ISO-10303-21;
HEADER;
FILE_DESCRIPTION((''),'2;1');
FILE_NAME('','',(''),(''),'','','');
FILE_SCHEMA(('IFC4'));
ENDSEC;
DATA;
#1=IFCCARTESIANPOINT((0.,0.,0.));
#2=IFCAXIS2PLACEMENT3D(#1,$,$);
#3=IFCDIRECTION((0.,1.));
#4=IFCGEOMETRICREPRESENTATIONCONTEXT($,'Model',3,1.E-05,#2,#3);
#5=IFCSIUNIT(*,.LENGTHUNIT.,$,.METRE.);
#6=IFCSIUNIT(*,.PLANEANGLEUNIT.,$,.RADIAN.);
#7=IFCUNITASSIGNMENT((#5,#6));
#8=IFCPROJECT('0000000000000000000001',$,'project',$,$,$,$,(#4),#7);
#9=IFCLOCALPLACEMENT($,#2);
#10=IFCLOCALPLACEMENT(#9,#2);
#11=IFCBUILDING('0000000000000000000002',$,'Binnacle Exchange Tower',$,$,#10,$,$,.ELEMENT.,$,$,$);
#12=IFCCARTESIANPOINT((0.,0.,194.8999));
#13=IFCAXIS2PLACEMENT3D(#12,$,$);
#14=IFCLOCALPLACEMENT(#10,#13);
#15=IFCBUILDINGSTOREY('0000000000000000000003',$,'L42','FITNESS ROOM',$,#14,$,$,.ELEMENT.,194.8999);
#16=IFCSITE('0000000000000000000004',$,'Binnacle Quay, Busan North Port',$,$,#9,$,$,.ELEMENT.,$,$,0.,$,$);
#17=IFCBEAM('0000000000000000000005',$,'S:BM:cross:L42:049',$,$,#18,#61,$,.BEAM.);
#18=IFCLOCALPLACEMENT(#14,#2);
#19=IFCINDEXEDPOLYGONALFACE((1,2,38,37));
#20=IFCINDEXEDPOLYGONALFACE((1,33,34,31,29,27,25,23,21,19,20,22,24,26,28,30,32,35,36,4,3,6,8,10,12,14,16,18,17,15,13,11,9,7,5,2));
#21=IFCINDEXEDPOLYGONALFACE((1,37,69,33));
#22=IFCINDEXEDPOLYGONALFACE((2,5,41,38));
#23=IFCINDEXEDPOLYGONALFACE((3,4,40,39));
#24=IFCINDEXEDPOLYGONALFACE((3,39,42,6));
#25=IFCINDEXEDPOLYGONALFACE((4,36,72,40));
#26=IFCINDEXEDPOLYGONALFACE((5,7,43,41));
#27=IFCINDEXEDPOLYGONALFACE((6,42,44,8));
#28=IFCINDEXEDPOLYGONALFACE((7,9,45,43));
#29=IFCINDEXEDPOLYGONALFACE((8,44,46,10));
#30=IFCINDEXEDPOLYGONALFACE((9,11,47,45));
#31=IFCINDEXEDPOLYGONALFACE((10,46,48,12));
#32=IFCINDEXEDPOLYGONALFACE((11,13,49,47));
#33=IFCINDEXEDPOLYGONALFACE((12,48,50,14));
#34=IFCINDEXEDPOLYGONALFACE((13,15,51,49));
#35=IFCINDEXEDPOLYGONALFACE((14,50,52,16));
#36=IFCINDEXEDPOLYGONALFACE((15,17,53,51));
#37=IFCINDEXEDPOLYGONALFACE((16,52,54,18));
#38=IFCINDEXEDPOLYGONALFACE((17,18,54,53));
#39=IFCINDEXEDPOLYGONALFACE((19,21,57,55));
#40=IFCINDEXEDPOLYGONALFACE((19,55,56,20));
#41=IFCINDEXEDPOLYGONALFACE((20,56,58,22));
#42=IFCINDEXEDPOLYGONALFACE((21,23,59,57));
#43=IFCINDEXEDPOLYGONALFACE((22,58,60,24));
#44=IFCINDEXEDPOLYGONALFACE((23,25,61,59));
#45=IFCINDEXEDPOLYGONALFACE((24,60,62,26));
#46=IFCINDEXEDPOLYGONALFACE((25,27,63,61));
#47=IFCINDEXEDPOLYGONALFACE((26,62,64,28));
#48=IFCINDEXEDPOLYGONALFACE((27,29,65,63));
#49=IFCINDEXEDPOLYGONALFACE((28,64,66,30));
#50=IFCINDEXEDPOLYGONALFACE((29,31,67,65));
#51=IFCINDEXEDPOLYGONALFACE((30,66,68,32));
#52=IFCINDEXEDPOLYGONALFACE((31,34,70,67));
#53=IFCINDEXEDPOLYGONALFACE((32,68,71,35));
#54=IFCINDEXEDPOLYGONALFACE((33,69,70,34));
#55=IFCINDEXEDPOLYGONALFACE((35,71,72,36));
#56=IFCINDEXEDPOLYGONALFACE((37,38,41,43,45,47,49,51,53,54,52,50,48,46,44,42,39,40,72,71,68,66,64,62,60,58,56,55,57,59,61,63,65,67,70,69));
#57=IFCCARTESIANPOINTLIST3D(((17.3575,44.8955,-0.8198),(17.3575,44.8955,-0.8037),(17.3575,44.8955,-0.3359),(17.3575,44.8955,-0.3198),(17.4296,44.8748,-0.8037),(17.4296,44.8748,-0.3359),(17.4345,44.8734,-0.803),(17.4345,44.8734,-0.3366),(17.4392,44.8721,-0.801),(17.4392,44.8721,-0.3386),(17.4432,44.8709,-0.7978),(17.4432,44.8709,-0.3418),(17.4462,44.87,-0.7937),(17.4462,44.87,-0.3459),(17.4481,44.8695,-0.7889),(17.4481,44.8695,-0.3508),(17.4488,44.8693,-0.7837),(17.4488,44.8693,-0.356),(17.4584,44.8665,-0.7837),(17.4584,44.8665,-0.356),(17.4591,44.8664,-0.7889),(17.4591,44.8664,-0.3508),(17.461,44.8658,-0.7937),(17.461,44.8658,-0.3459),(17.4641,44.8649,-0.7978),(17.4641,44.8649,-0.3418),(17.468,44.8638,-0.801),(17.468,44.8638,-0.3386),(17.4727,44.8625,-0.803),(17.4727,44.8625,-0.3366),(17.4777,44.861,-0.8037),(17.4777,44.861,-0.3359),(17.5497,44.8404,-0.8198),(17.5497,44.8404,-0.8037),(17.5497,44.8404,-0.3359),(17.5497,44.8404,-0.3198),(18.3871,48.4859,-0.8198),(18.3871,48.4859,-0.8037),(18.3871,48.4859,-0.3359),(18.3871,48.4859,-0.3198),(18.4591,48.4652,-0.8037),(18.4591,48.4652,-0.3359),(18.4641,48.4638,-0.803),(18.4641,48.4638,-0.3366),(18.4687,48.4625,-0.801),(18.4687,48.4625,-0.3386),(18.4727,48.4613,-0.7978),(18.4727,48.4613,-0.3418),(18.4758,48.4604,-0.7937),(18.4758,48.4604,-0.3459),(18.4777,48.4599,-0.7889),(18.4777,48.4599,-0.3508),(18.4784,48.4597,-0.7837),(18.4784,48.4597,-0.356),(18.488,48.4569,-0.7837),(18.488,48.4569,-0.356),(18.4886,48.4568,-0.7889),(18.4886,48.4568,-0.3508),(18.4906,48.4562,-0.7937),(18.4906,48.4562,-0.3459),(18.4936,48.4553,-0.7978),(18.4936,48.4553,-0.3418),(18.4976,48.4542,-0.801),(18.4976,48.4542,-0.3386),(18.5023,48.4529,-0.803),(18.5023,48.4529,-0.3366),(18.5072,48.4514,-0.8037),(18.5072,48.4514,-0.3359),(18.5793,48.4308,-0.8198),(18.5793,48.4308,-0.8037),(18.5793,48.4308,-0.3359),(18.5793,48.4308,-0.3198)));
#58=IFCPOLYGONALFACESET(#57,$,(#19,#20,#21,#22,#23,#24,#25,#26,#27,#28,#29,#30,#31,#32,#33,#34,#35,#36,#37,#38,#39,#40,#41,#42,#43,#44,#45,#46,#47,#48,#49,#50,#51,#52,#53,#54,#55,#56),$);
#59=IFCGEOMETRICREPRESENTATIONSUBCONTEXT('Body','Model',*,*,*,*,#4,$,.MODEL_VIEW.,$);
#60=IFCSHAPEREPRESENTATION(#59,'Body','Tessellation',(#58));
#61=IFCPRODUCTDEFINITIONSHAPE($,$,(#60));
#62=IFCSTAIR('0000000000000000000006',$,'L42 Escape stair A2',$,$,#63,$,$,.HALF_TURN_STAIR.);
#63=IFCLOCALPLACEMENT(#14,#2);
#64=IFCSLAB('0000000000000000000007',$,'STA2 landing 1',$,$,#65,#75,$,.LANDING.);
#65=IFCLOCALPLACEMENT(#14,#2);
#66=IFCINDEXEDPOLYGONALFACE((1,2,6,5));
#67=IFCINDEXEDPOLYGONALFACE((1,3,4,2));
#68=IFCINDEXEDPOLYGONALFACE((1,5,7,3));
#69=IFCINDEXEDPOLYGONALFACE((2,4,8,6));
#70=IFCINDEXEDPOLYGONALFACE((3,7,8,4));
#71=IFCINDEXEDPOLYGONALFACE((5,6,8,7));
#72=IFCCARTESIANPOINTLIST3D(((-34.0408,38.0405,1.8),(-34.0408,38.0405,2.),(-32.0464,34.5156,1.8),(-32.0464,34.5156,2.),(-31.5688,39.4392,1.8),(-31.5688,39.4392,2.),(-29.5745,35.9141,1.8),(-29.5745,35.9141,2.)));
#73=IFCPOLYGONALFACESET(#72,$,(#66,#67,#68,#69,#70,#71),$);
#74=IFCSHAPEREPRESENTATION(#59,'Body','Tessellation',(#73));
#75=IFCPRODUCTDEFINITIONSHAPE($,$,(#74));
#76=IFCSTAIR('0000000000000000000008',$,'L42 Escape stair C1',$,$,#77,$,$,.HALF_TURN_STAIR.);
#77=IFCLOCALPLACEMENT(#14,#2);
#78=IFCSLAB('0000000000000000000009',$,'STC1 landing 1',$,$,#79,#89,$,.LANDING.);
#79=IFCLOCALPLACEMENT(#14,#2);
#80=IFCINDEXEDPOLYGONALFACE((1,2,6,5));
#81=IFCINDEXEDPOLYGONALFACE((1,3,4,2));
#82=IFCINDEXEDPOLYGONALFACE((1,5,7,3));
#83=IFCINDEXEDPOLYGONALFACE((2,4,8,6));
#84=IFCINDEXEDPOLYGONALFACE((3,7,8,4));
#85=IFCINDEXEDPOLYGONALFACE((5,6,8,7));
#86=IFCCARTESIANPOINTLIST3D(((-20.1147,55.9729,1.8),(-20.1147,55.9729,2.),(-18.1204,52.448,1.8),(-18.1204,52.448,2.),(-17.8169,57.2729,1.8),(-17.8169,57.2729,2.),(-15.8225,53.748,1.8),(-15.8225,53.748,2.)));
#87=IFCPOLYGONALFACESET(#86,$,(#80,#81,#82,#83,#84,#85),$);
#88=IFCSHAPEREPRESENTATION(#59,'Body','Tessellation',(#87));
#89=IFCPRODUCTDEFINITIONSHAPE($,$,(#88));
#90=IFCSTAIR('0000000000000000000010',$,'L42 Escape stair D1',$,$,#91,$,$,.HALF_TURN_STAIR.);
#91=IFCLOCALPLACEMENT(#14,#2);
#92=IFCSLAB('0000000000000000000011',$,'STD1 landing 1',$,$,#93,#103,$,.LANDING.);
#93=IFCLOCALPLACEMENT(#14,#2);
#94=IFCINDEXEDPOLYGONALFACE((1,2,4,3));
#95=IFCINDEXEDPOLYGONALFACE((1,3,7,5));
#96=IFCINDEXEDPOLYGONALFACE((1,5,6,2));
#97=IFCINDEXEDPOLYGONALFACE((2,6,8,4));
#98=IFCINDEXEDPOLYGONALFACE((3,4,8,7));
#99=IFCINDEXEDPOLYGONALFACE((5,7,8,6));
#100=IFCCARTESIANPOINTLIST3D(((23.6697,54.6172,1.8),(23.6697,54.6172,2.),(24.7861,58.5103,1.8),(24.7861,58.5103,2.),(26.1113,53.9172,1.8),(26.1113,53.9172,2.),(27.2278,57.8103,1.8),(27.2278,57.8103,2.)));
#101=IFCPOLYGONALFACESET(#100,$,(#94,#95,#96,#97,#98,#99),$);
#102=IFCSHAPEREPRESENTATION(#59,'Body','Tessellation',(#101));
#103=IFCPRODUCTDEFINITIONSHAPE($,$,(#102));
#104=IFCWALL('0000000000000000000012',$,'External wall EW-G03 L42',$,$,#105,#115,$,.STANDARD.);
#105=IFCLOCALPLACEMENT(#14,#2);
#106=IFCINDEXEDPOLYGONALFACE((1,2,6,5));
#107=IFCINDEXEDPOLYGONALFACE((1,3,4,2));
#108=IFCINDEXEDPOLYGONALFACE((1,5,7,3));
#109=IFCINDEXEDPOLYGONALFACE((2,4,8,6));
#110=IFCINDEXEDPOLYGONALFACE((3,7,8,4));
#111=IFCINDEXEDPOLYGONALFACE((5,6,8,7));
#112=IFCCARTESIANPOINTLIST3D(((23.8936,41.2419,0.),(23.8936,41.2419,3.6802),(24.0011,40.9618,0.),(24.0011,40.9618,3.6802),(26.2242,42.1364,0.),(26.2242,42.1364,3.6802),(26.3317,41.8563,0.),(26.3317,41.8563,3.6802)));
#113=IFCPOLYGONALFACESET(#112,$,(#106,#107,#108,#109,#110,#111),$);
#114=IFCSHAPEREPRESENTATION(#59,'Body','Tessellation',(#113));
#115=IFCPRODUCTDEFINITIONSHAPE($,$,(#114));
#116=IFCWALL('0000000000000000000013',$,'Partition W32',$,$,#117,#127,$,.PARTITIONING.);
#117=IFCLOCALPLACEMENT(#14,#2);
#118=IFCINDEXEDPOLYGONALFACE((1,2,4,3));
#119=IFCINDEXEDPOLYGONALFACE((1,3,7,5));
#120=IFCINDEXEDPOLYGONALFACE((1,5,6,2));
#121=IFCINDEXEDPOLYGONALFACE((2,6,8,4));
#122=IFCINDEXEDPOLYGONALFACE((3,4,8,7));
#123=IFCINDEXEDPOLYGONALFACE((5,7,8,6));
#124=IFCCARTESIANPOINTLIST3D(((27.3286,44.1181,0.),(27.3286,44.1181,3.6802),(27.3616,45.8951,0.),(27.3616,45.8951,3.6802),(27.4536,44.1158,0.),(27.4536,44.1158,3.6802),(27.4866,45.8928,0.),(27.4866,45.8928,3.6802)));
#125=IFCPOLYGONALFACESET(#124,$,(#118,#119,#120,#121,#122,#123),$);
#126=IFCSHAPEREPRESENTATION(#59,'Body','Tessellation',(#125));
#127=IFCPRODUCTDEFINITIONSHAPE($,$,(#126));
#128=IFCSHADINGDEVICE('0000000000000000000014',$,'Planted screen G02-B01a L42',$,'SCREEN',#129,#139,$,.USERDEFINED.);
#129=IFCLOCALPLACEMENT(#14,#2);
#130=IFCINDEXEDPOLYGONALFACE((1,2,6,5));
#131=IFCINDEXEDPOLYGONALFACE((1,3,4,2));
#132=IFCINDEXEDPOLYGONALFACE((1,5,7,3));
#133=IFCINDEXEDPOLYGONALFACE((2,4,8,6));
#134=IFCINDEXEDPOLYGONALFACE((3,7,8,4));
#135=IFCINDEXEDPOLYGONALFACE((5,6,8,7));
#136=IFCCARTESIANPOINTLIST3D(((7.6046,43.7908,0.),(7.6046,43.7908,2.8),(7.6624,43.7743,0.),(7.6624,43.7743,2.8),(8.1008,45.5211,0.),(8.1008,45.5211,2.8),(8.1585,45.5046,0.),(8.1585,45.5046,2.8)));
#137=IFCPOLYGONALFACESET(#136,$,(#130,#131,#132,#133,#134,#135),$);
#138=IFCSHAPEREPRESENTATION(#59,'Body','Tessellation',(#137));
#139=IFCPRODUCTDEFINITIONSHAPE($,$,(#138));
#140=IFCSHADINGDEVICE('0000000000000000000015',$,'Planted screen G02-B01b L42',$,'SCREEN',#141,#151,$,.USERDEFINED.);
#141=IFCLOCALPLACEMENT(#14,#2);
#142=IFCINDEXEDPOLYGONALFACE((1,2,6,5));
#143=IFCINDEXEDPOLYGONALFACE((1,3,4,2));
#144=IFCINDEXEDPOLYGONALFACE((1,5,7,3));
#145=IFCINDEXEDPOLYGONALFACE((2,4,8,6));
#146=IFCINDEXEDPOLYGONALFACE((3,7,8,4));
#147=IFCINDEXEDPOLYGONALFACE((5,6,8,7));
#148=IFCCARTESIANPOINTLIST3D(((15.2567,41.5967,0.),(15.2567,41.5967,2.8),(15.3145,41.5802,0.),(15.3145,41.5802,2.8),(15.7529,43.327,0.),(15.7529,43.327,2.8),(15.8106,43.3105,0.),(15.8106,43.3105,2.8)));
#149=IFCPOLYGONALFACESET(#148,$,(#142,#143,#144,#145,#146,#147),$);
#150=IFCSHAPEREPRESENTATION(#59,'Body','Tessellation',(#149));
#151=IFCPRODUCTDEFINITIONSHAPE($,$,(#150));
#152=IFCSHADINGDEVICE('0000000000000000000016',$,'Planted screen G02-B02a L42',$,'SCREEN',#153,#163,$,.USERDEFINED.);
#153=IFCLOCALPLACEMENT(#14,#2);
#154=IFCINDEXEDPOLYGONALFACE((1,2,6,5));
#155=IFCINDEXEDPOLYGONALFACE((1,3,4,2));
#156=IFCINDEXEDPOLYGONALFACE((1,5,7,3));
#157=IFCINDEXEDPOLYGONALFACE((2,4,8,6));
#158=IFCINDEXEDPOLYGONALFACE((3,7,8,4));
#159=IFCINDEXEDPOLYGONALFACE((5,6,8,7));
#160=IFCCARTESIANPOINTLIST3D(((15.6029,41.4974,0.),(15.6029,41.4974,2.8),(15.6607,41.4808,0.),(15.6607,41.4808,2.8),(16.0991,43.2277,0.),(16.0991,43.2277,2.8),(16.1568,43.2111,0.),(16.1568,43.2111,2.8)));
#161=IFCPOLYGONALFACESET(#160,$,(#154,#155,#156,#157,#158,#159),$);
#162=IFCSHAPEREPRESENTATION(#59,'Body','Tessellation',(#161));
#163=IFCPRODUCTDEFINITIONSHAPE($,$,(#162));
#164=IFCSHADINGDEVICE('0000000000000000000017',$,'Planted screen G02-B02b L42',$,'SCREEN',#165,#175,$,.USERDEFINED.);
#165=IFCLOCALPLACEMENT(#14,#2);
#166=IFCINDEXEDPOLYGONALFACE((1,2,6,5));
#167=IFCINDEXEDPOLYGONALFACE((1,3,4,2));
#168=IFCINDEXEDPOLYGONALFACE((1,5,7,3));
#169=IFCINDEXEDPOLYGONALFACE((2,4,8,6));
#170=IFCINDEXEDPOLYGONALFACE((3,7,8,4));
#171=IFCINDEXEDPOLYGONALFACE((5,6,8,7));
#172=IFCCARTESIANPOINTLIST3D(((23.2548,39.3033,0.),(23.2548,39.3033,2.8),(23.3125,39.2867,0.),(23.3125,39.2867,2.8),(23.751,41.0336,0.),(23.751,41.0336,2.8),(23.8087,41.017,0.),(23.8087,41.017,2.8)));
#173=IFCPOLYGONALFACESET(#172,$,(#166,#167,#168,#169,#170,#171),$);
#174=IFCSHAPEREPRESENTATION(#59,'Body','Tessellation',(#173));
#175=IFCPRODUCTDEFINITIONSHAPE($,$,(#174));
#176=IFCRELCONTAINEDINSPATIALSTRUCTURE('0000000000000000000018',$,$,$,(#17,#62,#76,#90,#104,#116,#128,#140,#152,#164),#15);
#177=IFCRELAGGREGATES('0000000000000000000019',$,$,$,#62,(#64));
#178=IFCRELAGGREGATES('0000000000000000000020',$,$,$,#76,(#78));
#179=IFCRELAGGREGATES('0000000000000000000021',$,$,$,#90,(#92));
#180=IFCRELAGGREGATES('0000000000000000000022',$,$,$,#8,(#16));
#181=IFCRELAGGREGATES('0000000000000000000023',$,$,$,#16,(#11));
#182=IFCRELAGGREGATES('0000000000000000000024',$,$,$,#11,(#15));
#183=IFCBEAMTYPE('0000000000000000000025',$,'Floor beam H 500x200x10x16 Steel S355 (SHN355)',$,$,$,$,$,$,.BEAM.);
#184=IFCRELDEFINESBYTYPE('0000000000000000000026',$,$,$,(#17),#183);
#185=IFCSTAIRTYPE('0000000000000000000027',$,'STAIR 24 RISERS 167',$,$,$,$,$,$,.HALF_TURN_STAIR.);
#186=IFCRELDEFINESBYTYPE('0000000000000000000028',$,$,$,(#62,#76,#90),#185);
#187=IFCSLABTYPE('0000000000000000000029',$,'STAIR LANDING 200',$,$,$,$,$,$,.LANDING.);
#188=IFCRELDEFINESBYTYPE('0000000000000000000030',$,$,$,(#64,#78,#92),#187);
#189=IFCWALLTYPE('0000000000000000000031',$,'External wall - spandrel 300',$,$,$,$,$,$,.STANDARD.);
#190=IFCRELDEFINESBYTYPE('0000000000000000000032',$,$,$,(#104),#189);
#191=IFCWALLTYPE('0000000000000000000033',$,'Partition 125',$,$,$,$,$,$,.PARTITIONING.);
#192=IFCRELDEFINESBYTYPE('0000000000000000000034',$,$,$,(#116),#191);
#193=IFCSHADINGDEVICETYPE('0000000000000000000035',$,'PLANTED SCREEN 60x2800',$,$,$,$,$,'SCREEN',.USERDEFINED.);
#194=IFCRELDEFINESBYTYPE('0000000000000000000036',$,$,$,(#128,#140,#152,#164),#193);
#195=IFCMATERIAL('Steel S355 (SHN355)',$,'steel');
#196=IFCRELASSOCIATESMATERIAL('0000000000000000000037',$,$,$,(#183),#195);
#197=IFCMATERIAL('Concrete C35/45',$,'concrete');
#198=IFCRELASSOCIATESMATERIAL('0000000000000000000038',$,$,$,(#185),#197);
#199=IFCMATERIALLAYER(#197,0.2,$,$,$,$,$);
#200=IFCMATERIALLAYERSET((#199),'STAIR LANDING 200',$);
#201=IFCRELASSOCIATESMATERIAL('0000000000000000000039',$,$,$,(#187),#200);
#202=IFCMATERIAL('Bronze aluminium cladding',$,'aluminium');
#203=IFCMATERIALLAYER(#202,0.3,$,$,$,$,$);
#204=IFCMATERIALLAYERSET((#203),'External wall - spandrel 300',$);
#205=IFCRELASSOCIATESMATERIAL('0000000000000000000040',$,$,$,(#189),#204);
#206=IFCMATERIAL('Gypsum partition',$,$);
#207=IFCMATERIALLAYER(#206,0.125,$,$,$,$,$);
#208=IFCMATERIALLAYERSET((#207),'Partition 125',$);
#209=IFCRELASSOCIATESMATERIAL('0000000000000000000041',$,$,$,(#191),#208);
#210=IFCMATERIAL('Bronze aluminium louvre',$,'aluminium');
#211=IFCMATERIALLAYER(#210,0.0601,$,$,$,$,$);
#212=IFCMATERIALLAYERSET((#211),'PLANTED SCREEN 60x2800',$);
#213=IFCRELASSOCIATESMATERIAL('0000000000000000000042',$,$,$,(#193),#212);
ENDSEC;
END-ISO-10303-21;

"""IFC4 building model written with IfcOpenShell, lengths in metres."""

from ifc_helpers import new_model, si_unit, direction, frame, frame_2d, origin, origin_2d, place, context, subcontext, project, spatial, polyline, rectangle, i_section, outline, extrude, material, layer, layer_set, material_profile, profile_set, type_object, element, aggregate, save


model = new_model("IFC4")

# Units and contexts
model_context = context("Model", 3, precision=1e-05, world=origin(), true_north=direction((0.0, 1.0)))
body_context = subcontext(model_context, "Body", "Model", "MODEL_VIEW")
ifc_project = project(units=[si_unit("LENGTHUNIT", "METRE"), si_unit("PLANEANGLEUNIT", "RADIAN")], contexts=[model_context])

# Site, building, storey
site_placement = place(None, origin())
site = spatial("IfcSite", under=ifc_project, at=site_placement, Name="Binnacle Quay, Busan North Port", CompositionType="ELEMENT", RefElevation=0.0)
building_placement = place(site_placement, origin())
building = spatial("IfcBuilding", under=site, at=building_placement, Name="Binnacle Exchange Tower", CompositionType="ELEMENT")
storey_placement = place(building_placement, frame((0.0, 0.0, 194.8999)))
storey = spatial("IfcBuildingStorey", under=building, at=storey_placement, Name="L42", Description="FITNESS ROOM", CompositionType="ELEMENT", Elevation=194.8999)

# Beam
ifc_material_1 = material(Name="Steel S355 (SHN355)", Category="steel")
ifc_material_profile_1 = material_profile(ifc_material_1, i_section(OverallWidth=0.2, OverallDepth=0.5, WebThickness=0.01, FlangeThickness=0.0161, FilletRadius=0.02, at=origin_2d()), Name="H 500x200x10x16")
ifc_profile_set_1 = profile_set([ifc_material_profile_1], Name="Steel S355 (SHN355)")
beam_type_1 = type_object("IfcBeamType", Name="Floor beam H 500x200x10x16 Steel S355 (SHN355)", PredefinedType="BEAM", material=ifc_profile_set_1)
beam_1_placement = place(storey_placement, frame((17.4536, 44.8679, -0.5698), z_axis=(0.275645, 0.96126, 0.0), x_axis=(-0.96126, 0.275645, 0.0)))
element("IfcBeam", 1, at=beam_1_placement, inside=storey, type_object=beam_type_1, Name="S:BM:cross:L42:049", PredefinedType="BEAM", context=body_context, shape_type="SweptSolid", body=[
    extrude(i_section(OverallWidth=0.2, OverallDepth=0.5, WebThickness=0.01, FlangeThickness=0.0161, FilletRadius=0.02, at=origin_2d()), origin(), (0.0, 0.0, 1.0), 3.7351),
])

# Stairs, slabs
ifc_material_2 = material(Name="Concrete C35/45", Category="concrete")
stair_type = type_object("IfcStairType", Name="STAIR 24 RISERS 167", PredefinedType="HALF_TURN_STAIR", material=ifc_material_2)
stair_1_placement = place(storey_placement, origin())
stair_1 = element("IfcStair", 2, at=stair_1_placement, inside=storey, type_object=stair_type, Name="L42 Escape stair A2", PredefinedType="HALF_TURN_STAIR")
ifc_layer_1 = layer(ifc_material_2, 0.2)
ifc_layer_set_1 = layer_set([ifc_layer_1], Name="STAIR LANDING 200")
slab_type = type_object("IfcSlabType", Name="STAIR LANDING 200", PredefinedType="LANDING", material=ifc_layer_set_1)
slab_1_placement = place(storey_placement, frame((0.0, 0.0, 1.8)))
slab_1 = element("IfcSlab", 3, at=slab_1_placement, type_object=slab_type, Name="STA2 landing 1", PredefinedType="LANDING", context=body_context, shape_type="SweptSolid", body=[
    extrude(outline(polyline([(-31.5688, 39.4392), (-34.0408, 38.0405), (-32.0464, 34.5156), (-29.5745, 35.9141), (-31.5688, 39.4392)])), origin(), (0.0, 0.0, 1.0), 0.2),
])
aggregate(stair_1, [slab_1])
stair_2_placement = place(storey_placement, origin())
stair_2 = element("IfcStair", 4, at=stair_2_placement, inside=storey, type_object=stair_type, Name="L42 Escape stair C1", PredefinedType="HALF_TURN_STAIR")
slab_2_placement = place(storey_placement, frame((0.0, 0.0, 1.8)))
slab_2 = element("IfcSlab", 5, at=slab_2_placement, type_object=slab_type, Name="STC1 landing 1", PredefinedType="LANDING", context=body_context, shape_type="SweptSolid", body=[
    extrude(outline(polyline([(-18.1204, 52.448), (-15.8225, 53.748), (-17.8169, 57.2729), (-20.1147, 55.9729), (-18.1204, 52.448)])), origin(), (0.0, 0.0, 1.0), 0.2),
])
aggregate(stair_2, [slab_2])
stair_3_placement = place(storey_placement, origin())
stair_3 = element("IfcStair", 6, at=stair_3_placement, inside=storey, type_object=stair_type, Name="L42 Escape stair D1", PredefinedType="HALF_TURN_STAIR")
slab_3_placement = place(storey_placement, frame((0.0, 0.0, 1.8)))
slab_3 = element("IfcSlab", 7, at=slab_3_placement, type_object=slab_type, Name="STD1 landing 1", PredefinedType="LANDING", context=body_context, shape_type="SweptSolid", body=[
    extrude(outline(polyline([(23.6697, 54.6172), (26.1113, 53.9172), (27.2278, 57.8103), (24.7861, 58.5103), (23.6697, 54.6172)])), origin(), (0.0, 0.0, 1.0), 0.2),
])
aggregate(stair_3, [slab_3])

# Shared definitions
ifc_material_3 = material(Name="Bronze aluminium cladding", Category="aluminium")
ifc_layer_2 = layer(ifc_material_3, 0.3)
ifc_layer_set_2 = layer_set([ifc_layer_2], Name="External wall - spandrel 300")
wall_type_1 = type_object("IfcWallType", Name="External wall - spandrel 300", PredefinedType="STANDARD", material=ifc_layer_set_2)

# Walls
wall_1_placement = place(storey_placement, frame((26.2778, 41.9963, 0.0), z_axis=(0.0, 0.0, 1.0), x_axis=(-0.933592, -0.358337, 0.0)))
element("IfcWall", 8, at=wall_1_placement, inside=storey, type_object=wall_type_1, Name="External wall EW-G03 L42", PredefinedType="STANDARD", context=body_context, shape_type="SweptSolid", body=[
    extrude(rectangle(XDim=2.4963, YDim=0.3, at=frame_2d((1.248, 0.0))), origin(), (0.0, 0.0, 1.0), 3.6802),
])
ifc_material_4 = material(Name="Gypsum partition")
ifc_layer_3 = layer(ifc_material_4, 0.125)
ifc_layer_set_3 = layer_set([ifc_layer_3], Name="Partition 125")
wall_type_2 = type_object("IfcWallType", Name="Partition 125", PredefinedType="PARTITIONING", material=ifc_layer_set_3)
wall_2_placement = place(storey_placement, frame((27.3911, 44.1169, 0.0), z_axis=(0.0, 0.0, 1.0), x_axis=(0.018543, 0.999828, 0.0)))
element("IfcWall", 9, at=wall_2_placement, inside=storey, type_object=wall_type_2, Name="Partition W32", PredefinedType="PARTITIONING", context=body_context, shape_type="SweptSolid", body=[
    extrude(rectangle(XDim=1.7773, YDim=0.125, at=frame_2d((0.8887, 0.0))), origin(), (0.0, 0.0, 1.0), 3.6802),
])

# Shading devices
ifc_material_5 = material(Name="Bronze aluminium louvre", Category="aluminium")
ifc_layer_4 = layer(ifc_material_5, 0.0601)
ifc_layer_set_4 = layer_set([ifc_layer_4], Name="PLANTED SCREEN 60x2800")
shading_device_type = type_object("IfcShadingDeviceType", Name="PLANTED SCREEN 60x2800", ElementType="SCREEN", PredefinedType="USERDEFINED", material=ifc_layer_set_4)
for number, where, z_axis, x_axis, name in (
    (10, (7.8816, 44.6477, 0.0), (0.0, 0.0, 1.0), (0.961262, -0.275637, 0.0), "Planted screen G02-B01a L42"),
    (11, (15.5337, 42.4536, 0.0), (0.0, 0.0, 1.0), (0.961262, -0.275637, 0.0), "Planted screen G02-B01b L42"),
    (12, (15.8799, 42.3542, 0.0), (0.0, 0.0, 1.0), (0.961262, -0.275637, 0.0), "Planted screen G02-B02a L42"),
    (13, (23.5317, 40.1602, 0.0), (0.0, 0.0, 1.0), (0.961262, -0.275637, 0.0), "Planted screen G02-B02b L42"),
):
    element("IfcShadingDevice", number, at=place(storey_placement, frame(where, z_axis=z_axis, x_axis=x_axis)), inside=storey, type_object=shading_device_type, Name=name, ObjectType="SCREEN", PredefinedType="USERDEFINED", context=body_context, shape_type="SweptSolid", body=[
        extrude(rectangle(XDim=0.0601, YDim=1.8, at=origin_2d()), origin(), (0.0, 0.0, 1.0), 2.8),
    ])

save(model, "model.ifc")
